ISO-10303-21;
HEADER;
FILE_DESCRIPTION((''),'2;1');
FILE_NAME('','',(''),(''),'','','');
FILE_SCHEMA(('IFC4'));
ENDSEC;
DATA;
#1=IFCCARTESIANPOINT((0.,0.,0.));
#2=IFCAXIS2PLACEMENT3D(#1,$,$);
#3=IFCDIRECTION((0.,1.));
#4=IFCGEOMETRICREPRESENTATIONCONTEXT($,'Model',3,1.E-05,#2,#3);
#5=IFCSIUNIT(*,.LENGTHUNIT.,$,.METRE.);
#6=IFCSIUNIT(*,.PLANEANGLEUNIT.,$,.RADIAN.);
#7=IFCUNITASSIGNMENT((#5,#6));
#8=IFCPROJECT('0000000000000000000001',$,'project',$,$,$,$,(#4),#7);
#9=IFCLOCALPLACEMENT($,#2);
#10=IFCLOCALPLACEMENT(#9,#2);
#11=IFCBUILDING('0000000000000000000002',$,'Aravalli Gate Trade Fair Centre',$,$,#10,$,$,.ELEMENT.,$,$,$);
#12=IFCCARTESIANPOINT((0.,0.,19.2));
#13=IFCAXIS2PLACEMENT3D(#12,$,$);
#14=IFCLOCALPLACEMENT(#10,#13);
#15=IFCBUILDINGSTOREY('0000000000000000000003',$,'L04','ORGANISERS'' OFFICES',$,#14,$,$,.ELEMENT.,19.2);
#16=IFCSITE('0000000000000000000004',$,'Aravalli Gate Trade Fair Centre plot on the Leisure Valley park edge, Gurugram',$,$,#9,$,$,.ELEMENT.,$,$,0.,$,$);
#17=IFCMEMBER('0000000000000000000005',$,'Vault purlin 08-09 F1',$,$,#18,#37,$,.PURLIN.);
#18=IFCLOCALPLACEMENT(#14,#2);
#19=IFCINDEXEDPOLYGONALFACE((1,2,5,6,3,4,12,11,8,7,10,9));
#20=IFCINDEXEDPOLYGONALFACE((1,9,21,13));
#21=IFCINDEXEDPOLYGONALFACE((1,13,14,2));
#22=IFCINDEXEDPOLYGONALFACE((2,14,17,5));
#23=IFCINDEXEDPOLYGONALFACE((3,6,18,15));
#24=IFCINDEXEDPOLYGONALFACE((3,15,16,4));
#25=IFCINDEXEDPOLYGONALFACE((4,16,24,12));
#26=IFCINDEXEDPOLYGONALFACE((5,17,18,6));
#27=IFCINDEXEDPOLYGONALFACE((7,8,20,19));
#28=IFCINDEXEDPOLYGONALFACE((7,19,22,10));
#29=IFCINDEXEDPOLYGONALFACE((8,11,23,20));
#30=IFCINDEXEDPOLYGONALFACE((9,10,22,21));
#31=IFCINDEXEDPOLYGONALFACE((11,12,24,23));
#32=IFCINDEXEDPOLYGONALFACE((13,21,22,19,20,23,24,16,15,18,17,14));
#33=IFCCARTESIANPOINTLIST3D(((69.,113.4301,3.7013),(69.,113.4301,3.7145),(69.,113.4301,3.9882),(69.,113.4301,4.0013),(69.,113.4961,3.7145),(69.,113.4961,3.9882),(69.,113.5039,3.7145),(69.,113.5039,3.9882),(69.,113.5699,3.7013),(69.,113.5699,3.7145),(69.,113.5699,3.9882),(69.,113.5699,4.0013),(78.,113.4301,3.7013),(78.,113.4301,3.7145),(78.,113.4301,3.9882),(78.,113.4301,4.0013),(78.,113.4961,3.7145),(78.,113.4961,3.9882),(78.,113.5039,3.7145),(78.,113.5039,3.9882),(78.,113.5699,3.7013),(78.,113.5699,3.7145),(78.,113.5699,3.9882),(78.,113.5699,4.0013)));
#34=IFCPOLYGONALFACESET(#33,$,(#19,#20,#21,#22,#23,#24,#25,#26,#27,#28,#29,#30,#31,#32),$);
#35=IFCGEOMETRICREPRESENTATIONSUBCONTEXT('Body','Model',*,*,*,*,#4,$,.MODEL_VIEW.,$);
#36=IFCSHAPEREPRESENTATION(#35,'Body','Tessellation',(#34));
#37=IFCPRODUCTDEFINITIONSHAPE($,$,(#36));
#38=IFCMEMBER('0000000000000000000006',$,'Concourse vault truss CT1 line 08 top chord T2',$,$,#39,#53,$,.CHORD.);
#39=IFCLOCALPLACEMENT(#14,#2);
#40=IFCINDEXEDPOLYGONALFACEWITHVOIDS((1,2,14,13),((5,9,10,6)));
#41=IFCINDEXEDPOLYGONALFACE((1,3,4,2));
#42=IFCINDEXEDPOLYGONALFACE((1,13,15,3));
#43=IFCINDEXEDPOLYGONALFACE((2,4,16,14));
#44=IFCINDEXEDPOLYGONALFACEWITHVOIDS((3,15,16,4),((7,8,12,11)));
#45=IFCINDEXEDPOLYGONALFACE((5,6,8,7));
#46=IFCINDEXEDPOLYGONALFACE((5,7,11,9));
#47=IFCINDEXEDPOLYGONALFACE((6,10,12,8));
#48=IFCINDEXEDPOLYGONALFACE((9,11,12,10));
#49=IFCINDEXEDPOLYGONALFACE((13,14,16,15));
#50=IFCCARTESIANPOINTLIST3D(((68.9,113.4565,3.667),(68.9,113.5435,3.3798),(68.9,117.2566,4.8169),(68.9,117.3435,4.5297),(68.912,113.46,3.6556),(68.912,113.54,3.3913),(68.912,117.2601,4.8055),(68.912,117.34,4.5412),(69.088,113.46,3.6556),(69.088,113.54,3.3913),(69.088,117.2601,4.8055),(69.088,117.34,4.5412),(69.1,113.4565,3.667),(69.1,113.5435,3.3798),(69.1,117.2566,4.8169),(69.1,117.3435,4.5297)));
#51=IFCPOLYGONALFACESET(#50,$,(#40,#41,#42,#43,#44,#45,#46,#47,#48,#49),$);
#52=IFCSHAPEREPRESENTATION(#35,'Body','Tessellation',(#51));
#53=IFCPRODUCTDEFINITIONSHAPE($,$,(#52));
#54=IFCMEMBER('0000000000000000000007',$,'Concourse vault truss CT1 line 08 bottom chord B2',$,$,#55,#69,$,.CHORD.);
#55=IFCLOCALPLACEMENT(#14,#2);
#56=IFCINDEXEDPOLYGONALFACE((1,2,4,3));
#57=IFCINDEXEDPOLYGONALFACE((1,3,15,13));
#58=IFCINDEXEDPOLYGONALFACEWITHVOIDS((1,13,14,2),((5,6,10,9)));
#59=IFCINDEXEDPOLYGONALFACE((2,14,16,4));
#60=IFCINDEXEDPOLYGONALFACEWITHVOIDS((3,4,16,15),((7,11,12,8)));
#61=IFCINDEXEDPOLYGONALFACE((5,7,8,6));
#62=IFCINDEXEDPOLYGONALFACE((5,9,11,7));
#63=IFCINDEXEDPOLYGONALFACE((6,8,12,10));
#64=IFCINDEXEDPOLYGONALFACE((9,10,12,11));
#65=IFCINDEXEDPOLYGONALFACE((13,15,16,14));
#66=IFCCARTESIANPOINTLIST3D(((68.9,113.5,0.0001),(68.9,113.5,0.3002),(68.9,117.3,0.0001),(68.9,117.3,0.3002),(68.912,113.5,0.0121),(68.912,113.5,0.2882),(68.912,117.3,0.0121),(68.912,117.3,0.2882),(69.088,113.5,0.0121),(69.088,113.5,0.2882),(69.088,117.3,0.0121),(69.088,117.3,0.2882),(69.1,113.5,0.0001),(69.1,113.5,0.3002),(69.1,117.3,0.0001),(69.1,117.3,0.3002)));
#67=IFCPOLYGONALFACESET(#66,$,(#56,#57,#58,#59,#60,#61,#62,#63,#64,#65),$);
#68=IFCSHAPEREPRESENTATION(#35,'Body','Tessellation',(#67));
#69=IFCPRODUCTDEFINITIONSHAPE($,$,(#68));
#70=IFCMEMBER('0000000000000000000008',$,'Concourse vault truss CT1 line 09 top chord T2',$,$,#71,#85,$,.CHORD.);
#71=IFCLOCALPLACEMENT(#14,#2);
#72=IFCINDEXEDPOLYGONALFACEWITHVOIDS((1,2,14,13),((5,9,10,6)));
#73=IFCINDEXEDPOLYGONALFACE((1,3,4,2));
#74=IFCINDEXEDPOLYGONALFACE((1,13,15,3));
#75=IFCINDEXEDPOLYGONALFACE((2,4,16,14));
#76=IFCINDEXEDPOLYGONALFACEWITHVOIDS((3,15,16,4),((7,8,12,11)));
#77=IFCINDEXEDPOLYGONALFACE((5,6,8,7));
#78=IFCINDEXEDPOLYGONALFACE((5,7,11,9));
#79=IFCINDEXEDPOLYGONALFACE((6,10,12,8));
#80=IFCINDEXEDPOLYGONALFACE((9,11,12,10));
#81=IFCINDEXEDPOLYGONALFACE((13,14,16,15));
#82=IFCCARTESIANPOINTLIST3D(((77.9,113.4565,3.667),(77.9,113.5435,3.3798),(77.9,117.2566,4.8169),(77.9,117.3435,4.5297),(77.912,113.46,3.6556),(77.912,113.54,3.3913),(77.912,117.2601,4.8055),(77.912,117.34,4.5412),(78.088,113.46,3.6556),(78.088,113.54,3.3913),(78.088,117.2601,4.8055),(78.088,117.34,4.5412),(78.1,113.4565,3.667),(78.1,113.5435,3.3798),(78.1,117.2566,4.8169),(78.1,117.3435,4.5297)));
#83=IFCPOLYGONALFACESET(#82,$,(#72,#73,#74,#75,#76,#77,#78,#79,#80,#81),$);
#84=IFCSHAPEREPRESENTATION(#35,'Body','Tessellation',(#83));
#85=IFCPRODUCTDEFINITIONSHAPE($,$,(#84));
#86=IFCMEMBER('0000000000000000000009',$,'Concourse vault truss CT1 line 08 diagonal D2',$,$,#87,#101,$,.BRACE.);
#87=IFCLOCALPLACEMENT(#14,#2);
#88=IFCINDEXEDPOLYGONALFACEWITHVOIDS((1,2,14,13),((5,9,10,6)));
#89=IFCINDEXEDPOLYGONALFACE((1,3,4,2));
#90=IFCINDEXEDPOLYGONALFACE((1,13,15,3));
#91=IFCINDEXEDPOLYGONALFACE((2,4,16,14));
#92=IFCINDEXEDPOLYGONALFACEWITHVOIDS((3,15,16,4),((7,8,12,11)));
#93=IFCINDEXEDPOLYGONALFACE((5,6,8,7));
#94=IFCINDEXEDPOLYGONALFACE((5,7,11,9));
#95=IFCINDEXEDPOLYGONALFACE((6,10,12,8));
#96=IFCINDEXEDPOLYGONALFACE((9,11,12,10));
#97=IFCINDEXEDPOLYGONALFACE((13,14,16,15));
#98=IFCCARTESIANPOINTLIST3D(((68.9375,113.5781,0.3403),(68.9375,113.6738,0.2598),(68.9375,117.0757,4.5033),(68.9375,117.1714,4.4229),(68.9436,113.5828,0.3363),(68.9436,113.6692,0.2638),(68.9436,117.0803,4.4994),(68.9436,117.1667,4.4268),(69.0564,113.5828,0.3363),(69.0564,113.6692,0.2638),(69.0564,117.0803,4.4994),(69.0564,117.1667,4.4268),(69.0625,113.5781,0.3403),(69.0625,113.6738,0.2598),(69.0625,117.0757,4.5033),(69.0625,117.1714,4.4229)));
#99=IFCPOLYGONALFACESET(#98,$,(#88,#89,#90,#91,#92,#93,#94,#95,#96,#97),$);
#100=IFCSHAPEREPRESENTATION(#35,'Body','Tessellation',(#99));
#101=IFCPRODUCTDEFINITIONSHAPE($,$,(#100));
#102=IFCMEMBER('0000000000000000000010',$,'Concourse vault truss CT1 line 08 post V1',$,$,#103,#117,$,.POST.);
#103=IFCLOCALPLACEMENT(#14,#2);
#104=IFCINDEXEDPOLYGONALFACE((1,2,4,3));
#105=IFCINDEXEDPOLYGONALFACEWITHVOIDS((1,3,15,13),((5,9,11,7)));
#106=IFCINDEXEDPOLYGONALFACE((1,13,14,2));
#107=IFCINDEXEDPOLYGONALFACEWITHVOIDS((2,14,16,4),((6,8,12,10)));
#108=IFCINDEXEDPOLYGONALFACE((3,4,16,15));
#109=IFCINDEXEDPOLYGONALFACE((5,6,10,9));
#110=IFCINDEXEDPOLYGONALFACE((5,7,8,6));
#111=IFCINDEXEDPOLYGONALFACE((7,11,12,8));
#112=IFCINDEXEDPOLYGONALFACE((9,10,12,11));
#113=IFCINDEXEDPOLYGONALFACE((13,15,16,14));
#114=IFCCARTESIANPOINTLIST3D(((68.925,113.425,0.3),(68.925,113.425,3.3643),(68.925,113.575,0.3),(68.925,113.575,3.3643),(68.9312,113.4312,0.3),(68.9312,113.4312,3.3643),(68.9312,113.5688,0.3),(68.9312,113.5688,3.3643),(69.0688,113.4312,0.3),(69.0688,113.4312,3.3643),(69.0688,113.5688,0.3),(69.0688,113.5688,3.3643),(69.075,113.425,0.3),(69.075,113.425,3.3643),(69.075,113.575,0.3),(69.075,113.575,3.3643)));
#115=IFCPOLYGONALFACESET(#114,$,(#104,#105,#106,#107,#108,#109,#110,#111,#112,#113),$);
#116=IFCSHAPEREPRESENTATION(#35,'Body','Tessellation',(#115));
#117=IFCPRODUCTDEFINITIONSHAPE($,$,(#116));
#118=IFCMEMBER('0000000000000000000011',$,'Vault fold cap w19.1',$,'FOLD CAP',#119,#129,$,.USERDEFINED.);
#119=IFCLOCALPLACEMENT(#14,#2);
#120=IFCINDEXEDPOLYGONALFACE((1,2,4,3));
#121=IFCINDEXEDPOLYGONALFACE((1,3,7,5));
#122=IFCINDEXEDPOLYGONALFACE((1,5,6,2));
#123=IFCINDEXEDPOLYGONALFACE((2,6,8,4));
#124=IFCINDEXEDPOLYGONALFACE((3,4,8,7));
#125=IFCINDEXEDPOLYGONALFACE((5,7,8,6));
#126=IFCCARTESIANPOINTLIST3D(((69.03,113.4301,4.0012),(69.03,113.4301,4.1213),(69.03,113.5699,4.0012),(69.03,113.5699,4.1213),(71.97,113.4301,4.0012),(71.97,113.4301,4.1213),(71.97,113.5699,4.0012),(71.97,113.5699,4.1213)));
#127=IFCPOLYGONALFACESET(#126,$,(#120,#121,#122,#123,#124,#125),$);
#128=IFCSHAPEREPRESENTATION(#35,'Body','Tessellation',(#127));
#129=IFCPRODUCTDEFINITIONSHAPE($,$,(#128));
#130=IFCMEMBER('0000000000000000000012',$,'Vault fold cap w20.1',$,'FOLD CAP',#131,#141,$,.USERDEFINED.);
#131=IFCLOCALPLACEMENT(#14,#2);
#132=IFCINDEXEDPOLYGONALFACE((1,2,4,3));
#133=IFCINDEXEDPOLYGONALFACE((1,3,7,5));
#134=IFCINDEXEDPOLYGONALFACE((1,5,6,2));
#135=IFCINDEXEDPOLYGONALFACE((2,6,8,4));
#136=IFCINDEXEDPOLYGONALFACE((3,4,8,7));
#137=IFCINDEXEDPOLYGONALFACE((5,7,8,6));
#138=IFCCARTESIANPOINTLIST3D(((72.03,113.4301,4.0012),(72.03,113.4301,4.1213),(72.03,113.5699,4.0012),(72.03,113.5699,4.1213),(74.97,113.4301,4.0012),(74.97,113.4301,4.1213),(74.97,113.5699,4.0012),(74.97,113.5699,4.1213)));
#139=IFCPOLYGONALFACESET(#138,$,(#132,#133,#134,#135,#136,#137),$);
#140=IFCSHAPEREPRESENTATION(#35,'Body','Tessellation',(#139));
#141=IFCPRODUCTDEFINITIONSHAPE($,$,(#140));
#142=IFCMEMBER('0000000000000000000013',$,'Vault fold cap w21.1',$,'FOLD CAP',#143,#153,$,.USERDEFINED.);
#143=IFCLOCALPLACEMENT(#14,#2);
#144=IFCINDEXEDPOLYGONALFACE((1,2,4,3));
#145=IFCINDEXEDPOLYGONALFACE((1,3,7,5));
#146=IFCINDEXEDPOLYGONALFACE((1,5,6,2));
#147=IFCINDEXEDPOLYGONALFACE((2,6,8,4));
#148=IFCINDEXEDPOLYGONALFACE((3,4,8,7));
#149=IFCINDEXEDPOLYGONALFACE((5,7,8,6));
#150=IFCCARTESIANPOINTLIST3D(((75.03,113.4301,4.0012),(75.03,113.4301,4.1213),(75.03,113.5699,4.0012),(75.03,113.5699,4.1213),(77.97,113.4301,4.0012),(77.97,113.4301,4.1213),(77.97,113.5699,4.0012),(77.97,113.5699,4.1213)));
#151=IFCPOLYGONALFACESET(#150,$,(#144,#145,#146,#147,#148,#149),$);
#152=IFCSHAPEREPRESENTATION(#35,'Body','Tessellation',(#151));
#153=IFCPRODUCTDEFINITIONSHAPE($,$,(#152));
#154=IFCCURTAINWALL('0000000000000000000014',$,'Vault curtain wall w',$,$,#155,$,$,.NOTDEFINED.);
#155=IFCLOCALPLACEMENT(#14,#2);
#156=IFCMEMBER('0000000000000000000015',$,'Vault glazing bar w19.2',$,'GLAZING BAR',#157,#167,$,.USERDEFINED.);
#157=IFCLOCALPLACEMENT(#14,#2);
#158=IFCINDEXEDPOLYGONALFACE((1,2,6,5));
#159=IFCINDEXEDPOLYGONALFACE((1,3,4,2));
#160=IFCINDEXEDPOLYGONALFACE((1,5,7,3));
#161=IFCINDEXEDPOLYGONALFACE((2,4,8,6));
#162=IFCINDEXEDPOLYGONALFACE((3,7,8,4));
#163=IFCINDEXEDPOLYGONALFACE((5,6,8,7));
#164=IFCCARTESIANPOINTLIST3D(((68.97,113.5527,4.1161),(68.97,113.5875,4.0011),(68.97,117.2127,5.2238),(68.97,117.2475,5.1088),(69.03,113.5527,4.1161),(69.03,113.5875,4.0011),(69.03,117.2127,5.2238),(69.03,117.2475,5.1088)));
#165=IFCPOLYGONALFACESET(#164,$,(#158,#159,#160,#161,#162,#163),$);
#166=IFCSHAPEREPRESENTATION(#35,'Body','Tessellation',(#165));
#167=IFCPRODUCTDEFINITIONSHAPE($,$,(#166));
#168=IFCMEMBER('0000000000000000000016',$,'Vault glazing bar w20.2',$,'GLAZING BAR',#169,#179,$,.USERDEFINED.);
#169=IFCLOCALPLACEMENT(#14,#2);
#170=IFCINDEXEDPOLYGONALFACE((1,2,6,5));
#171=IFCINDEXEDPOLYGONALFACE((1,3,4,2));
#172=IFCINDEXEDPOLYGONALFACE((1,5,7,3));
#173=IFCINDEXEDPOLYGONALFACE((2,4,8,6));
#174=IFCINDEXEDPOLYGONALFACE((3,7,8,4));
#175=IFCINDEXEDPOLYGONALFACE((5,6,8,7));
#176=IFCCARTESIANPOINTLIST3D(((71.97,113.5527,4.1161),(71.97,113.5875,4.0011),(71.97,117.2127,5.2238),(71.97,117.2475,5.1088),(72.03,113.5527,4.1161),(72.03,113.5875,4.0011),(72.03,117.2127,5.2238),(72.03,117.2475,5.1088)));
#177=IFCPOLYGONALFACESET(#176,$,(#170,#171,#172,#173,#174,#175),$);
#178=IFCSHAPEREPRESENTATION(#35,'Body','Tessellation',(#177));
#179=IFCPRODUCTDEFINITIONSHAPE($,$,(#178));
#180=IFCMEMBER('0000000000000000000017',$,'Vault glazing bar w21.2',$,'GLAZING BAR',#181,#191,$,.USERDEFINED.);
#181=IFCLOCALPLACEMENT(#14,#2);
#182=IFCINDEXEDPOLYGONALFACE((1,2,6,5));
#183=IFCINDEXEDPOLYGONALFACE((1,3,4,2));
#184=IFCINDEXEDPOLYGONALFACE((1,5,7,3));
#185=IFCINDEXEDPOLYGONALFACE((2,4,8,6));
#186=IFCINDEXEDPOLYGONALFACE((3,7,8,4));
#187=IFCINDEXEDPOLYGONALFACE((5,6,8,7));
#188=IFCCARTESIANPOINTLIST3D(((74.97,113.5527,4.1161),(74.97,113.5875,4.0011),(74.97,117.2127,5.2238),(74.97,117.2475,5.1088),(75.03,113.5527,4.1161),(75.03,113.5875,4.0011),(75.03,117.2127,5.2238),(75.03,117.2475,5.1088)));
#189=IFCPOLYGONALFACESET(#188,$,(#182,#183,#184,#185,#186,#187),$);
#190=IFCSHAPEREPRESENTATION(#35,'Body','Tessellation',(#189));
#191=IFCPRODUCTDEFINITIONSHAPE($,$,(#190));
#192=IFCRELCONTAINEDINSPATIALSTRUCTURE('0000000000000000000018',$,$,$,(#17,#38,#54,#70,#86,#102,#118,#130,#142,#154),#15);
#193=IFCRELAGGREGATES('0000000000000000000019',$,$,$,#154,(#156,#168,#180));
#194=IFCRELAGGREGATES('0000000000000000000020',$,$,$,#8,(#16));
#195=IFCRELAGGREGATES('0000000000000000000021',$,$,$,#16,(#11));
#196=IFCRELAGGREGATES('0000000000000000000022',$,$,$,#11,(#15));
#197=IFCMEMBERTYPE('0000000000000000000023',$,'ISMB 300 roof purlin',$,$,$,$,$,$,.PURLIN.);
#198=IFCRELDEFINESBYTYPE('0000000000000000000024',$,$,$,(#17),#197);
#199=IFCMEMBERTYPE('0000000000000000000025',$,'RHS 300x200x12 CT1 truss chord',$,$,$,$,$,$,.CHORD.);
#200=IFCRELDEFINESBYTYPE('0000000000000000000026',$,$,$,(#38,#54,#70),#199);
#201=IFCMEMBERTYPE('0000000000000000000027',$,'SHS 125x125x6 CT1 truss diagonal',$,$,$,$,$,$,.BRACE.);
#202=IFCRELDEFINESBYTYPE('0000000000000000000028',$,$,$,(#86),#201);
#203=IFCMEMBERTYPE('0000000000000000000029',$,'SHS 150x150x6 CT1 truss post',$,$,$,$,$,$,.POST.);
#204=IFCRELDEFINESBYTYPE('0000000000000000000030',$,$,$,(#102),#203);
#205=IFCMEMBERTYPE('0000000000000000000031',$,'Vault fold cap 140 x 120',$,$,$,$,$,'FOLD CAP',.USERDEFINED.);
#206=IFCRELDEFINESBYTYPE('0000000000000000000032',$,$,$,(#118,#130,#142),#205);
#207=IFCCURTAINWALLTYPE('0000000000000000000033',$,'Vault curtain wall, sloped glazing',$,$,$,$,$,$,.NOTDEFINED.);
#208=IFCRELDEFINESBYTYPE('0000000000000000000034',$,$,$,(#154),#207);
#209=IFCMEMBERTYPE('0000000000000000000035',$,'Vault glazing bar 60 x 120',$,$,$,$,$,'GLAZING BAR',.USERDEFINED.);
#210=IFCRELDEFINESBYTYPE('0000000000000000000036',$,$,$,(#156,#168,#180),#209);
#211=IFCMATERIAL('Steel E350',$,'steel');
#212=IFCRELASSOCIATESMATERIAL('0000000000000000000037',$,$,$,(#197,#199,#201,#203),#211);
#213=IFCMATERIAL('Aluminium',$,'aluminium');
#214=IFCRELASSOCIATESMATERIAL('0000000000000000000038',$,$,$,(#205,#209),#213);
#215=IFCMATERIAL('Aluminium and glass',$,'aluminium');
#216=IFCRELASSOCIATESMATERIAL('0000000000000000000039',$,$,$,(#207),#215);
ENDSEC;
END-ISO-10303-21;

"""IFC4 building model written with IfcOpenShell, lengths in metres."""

from ifc_helpers import new_model, si_unit, direction, frame, origin, origin_2d, place, context, subcontext, project, spatial, rectangle, hollow_rectangle, i_section, extrude, material, material_profile, profile_set, type_object, element, aggregate, save


model = new_model("IFC4")

# Units and contexts
model_context = context("Model", 3, precision=1e-05, world=origin(), true_north=direction((0.0, 1.0)))
body_context = subcontext(model_context, "Body", "Model", "MODEL_VIEW")
ifc_project = project(units=[si_unit("LENGTHUNIT", "METRE"), si_unit("PLANEANGLEUNIT", "RADIAN")], contexts=[model_context])

# Site, building, storey
site_placement = place(None, origin())
site = spatial("IfcSite", under=ifc_project, at=site_placement, Name="Aravalli Gate Trade Fair Centre plot on the Leisure Valley park edge, Gurugram", CompositionType="ELEMENT", RefElevation=0.0)
building_placement = place(site_placement, origin())
building = spatial("IfcBuilding", under=site, at=building_placement, Name="Aravalli Gate Trade Fair Centre", CompositionType="ELEMENT")
storey_placement = place(building_placement, frame((0.0, 0.0, 19.2)))
storey = spatial("IfcBuildingStorey", under=building, at=storey_placement, Name="L04", Description="ORGANISERS' OFFICES", CompositionType="ELEMENT", Elevation=19.2)

# Members
ifc_material_1 = material(Name="Steel E350", Category="steel")
ifc_material_profile_1 = material_profile(ifc_material_1, i_section(OverallWidth=0.1399, OverallDepth=0.3, WebThickness=0.0078, FlangeThickness=0.0132, at=origin_2d()), Name="ISMB 300")
ifc_profile_set_1 = profile_set([ifc_material_profile_1], Name="Steel E350")
member_type_1 = type_object("IfcMemberType", Name="ISMB 300 roof purlin", PredefinedType="PURLIN", material=ifc_profile_set_1)
member_1_placement = place(storey_placement, frame((69.0, 113.5, 3.8513), z_axis=(1.0, 0.0, 0.0), x_axis=(0.0, 1.0, 0.0)))
element("IfcMember", 1, at=member_1_placement, inside=storey, type_object=member_type_1, Name="Vault purlin 08-09 F1", PredefinedType="PURLIN", context=body_context, shape_type="SweptSolid", body=[
    extrude(i_section(OverallWidth=0.1399, OverallDepth=0.3, WebThickness=0.0078, FlangeThickness=0.0132, at=origin_2d()), origin(), (0.0, 0.0, 1.0), 9.0),
])
ifc_material_profile_2 = material_profile(ifc_material_1, hollow_rectangle(XDim=0.2, YDim=0.3, WallThickness=0.012, at=origin_2d()), Name="RHS 300x200x12")
ifc_profile_set_2 = profile_set([ifc_material_profile_2], Name="Steel E350")
member_type_2 = type_object("IfcMemberType", Name="RHS 300x200x12 CT1 truss chord", PredefinedType="CHORD", material=ifc_profile_set_2)
member_2_placement = place(storey_placement, frame((69.0, 113.5, 3.5234), z_axis=(0.0, 0.957138, 0.289632), x_axis=(-1.0, 0.0, 0.0)))
element("IfcMember", 2, at=member_2_placement, inside=storey, type_object=member_type_2, Name="Concourse vault truss CT1 line 08 top chord T2", PredefinedType="CHORD", context=body_context, shape_type="SweptSolid", body=[
    extrude(hollow_rectangle(XDim=0.2, YDim=0.3, WallThickness=0.012, at=origin_2d()), origin(), (0.0, 0.0, 1.0), 3.9702),
])
member_3_placement = place(storey_placement, frame((69.0, 113.5, 0.1501), z_axis=(0.0, 1.0, 0.0), x_axis=(-1.0, 0.0, 0.0)))
element("IfcMember", 3, at=member_3_placement, inside=storey, type_object=member_type_2, Name="Concourse vault truss CT1 line 08 bottom chord B2", PredefinedType="CHORD", context=body_context, shape_type="SweptSolid", body=[
    extrude(hollow_rectangle(XDim=0.2, YDim=0.3, WallThickness=0.012, at=origin_2d()), origin(), (0.0, 0.0, 1.0), 3.8),
])
member_4_placement = place(storey_placement, frame((78.0, 113.5, 3.5234), z_axis=(0.0, 0.957138, 0.289632), x_axis=(-1.0, 0.0, 0.0)))
element("IfcMember", 4, at=member_4_placement, inside=storey, type_object=member_type_2, Name="Concourse vault truss CT1 line 09 top chord T2", PredefinedType="CHORD", context=body_context, shape_type="SweptSolid", body=[
    extrude(hollow_rectangle(XDim=0.2, YDim=0.3, WallThickness=0.012, at=origin_2d()), origin(), (0.0, 0.0, 1.0), 3.9702),
])
ifc_material_profile_3 = material_profile(ifc_material_1, hollow_rectangle(XDim=0.125, YDim=0.125, WallThickness=0.0061, at=origin_2d()), Name="SHS 125x125x6")
ifc_profile_set_3 = profile_set([ifc_material_profile_3], Name="Steel E350")
member_type_3 = type_object("IfcMemberType", Name="SHS 125x125x6 CT1 truss diagonal", PredefinedType="BRACE", material=ifc_profile_set_3)
member_5_placement = place(storey_placement, frame((69.0, 113.626, 0.3), z_axis=(0.0, 0.643253, 0.765654), x_axis=(-1.0, 0.0, 0.0)))
element("IfcMember", 5, at=member_5_placement, inside=storey, type_object=member_type_3, Name="Concourse vault truss CT1 line 08 diagonal D2", PredefinedType="BRACE", context=body_context, shape_type="SweptSolid", body=[
    extrude(hollow_rectangle(XDim=0.125, YDim=0.125, WallThickness=0.0061, at=origin_2d()), origin(), (0.0, 0.0, 1.0), 5.4373),
])
ifc_material_profile_4 = material_profile(ifc_material_1, hollow_rectangle(XDim=0.1499, YDim=0.1499, WallThickness=0.0061, at=origin_2d()), Name="SHS 150x150x6")
ifc_profile_set_4 = profile_set([ifc_material_profile_4], Name="Steel E350")
member_type_4 = type_object("IfcMemberType", Name="SHS 150x150x6 CT1 truss post", PredefinedType="POST", material=ifc_profile_set_4)
member_6_placement = place(storey_placement, frame((69.0, 113.5, 0.3), z_axis=(0.0, 0.0, 1.0), x_axis=(1.0, 0.0, 0.0)))
element("IfcMember", 6, at=member_6_placement, inside=storey, type_object=member_type_4, Name="Concourse vault truss CT1 line 08 post V1", PredefinedType="POST", context=body_context, shape_type="SweptSolid", body=[
    extrude(hollow_rectangle(XDim=0.1499, YDim=0.1499, WallThickness=0.0061, at=origin_2d()), origin(), (0.0, 0.0, 1.0), 3.0642),
])
ifc_material_2 = material(Name="Aluminium", Category="aluminium")
ifc_material_profile_5 = material_profile(ifc_material_2, rectangle(XDim=0.1399, YDim=0.1201, at=origin_2d()), Name="Vault fold cap 140 x 120")
ifc_profile_set_5 = profile_set([ifc_material_profile_5], Name="Aluminium")
member_type_5 = type_object("IfcMemberType", Name="Vault fold cap 140 x 120", ElementType="FOLD CAP", PredefinedType="USERDEFINED", material=ifc_profile_set_5)
for number, where, z_axis, x_axis, name in (
    (7, (69.03, 113.5, 4.0613), (1.0, 0.0, 0.0), (0.0, 1.0, 0.0), "Vault fold cap w19.1"),
    (8, (72.03, 113.5, 4.0613), (1.0, 0.0, 0.0), (0.0, 1.0, 0.0), "Vault fold cap w20.1"),
    (9, (75.03, 113.5, 4.0613), (1.0, 0.0, 0.0), (0.0, 1.0, 0.0), "Vault fold cap w21.1"),
):
    element("IfcMember", number, at=place(storey_placement, frame(where, z_axis=z_axis, x_axis=x_axis)), inside=storey, type_object=member_type_5, Name=name, ObjectType="FOLD CAP", PredefinedType="USERDEFINED", context=body_context, shape_type="SweptSolid", body=[
        extrude(rectangle(XDim=0.1399, YDim=0.1201, at=origin_2d()), origin(), (0.0, 0.0, 1.0), 2.9399),
    ])

# Curtain wall, members
ifc_material_3 = material(Name="Aluminium and glass", Category="aluminium")
curtain_wall_type = type_object("IfcCurtainWallType", Name="Vault curtain wall, sloped glazing", PredefinedType="NOTDEFINED", material=ifc_material_3)
curtain_wall_placement = place(storey_placement, origin())
curtain_wall = element("IfcCurtainWall", 10, at=curtain_wall_placement, inside=storey, type_object=curtain_wall_type, Name="Vault curtain wall w", PredefinedType="NOTDEFINED")
ifc_material_profile_6 = material_profile(ifc_material_2, rectangle(XDim=0.0601, YDim=0.1201, at=origin_2d()), Name="Vault glazing bar 60 x 120")
ifc_profile_set_6 = profile_set([ifc_material_profile_6], Name="Aluminium")
member_type_6 = type_object("IfcMemberType", Name="Vault glazing bar 60 x 120", ElementType="GLAZING BAR", PredefinedType="USERDEFINED", material=ifc_profile_set_6)
member_7_placement = place(storey_placement, frame((69.0, 113.5701, 4.0586), z_axis=(0.0, 0.957126, 0.289672), x_axis=(-1.0, 0.0, 0.0)))
member_7 = element("IfcMember", 11, at=member_7_placement, type_object=member_type_6, Name="Vault glazing bar w19.2", ObjectType="GLAZING BAR", PredefinedType="USERDEFINED", context=body_context, shape_type="SweptSolid", body=[
    extrude(rectangle(XDim=0.0601, YDim=0.1201, at=origin_2d()), origin(), (0.0, 0.0, 1.0), 3.824),
])
member_8_placement = place(storey_placement, frame((72.0, 113.5701, 4.0586), z_axis=(0.0, 0.957126, 0.289672), x_axis=(-1.0, 0.0, 0.0)))
member_8 = element("IfcMember", 12, at=member_8_placement, type_object=member_type_6, Name="Vault glazing bar w20.2", ObjectType="GLAZING BAR", PredefinedType="USERDEFINED", context=body_context, shape_type="SweptSolid", body=[
    extrude(rectangle(XDim=0.0601, YDim=0.1201, at=origin_2d()), origin(), (0.0, 0.0, 1.0), 3.824),
])
member_9_placement = place(storey_placement, frame((75.0, 113.5701, 4.0586), z_axis=(0.0, 0.957126, 0.289672), x_axis=(-1.0, 0.0, 0.0)))
member_9 = element("IfcMember", 13, at=member_9_placement, type_object=member_type_6, Name="Vault glazing bar w21.2", ObjectType="GLAZING BAR", PredefinedType="USERDEFINED", context=body_context, shape_type="SweptSolid", body=[
    extrude(rectangle(XDim=0.0601, YDim=0.1201, at=origin_2d()), origin(), (0.0, 0.0, 1.0), 3.824),
])
aggregate(curtain_wall, [member_7, member_8, member_9])

save(model, "model.ifc")
